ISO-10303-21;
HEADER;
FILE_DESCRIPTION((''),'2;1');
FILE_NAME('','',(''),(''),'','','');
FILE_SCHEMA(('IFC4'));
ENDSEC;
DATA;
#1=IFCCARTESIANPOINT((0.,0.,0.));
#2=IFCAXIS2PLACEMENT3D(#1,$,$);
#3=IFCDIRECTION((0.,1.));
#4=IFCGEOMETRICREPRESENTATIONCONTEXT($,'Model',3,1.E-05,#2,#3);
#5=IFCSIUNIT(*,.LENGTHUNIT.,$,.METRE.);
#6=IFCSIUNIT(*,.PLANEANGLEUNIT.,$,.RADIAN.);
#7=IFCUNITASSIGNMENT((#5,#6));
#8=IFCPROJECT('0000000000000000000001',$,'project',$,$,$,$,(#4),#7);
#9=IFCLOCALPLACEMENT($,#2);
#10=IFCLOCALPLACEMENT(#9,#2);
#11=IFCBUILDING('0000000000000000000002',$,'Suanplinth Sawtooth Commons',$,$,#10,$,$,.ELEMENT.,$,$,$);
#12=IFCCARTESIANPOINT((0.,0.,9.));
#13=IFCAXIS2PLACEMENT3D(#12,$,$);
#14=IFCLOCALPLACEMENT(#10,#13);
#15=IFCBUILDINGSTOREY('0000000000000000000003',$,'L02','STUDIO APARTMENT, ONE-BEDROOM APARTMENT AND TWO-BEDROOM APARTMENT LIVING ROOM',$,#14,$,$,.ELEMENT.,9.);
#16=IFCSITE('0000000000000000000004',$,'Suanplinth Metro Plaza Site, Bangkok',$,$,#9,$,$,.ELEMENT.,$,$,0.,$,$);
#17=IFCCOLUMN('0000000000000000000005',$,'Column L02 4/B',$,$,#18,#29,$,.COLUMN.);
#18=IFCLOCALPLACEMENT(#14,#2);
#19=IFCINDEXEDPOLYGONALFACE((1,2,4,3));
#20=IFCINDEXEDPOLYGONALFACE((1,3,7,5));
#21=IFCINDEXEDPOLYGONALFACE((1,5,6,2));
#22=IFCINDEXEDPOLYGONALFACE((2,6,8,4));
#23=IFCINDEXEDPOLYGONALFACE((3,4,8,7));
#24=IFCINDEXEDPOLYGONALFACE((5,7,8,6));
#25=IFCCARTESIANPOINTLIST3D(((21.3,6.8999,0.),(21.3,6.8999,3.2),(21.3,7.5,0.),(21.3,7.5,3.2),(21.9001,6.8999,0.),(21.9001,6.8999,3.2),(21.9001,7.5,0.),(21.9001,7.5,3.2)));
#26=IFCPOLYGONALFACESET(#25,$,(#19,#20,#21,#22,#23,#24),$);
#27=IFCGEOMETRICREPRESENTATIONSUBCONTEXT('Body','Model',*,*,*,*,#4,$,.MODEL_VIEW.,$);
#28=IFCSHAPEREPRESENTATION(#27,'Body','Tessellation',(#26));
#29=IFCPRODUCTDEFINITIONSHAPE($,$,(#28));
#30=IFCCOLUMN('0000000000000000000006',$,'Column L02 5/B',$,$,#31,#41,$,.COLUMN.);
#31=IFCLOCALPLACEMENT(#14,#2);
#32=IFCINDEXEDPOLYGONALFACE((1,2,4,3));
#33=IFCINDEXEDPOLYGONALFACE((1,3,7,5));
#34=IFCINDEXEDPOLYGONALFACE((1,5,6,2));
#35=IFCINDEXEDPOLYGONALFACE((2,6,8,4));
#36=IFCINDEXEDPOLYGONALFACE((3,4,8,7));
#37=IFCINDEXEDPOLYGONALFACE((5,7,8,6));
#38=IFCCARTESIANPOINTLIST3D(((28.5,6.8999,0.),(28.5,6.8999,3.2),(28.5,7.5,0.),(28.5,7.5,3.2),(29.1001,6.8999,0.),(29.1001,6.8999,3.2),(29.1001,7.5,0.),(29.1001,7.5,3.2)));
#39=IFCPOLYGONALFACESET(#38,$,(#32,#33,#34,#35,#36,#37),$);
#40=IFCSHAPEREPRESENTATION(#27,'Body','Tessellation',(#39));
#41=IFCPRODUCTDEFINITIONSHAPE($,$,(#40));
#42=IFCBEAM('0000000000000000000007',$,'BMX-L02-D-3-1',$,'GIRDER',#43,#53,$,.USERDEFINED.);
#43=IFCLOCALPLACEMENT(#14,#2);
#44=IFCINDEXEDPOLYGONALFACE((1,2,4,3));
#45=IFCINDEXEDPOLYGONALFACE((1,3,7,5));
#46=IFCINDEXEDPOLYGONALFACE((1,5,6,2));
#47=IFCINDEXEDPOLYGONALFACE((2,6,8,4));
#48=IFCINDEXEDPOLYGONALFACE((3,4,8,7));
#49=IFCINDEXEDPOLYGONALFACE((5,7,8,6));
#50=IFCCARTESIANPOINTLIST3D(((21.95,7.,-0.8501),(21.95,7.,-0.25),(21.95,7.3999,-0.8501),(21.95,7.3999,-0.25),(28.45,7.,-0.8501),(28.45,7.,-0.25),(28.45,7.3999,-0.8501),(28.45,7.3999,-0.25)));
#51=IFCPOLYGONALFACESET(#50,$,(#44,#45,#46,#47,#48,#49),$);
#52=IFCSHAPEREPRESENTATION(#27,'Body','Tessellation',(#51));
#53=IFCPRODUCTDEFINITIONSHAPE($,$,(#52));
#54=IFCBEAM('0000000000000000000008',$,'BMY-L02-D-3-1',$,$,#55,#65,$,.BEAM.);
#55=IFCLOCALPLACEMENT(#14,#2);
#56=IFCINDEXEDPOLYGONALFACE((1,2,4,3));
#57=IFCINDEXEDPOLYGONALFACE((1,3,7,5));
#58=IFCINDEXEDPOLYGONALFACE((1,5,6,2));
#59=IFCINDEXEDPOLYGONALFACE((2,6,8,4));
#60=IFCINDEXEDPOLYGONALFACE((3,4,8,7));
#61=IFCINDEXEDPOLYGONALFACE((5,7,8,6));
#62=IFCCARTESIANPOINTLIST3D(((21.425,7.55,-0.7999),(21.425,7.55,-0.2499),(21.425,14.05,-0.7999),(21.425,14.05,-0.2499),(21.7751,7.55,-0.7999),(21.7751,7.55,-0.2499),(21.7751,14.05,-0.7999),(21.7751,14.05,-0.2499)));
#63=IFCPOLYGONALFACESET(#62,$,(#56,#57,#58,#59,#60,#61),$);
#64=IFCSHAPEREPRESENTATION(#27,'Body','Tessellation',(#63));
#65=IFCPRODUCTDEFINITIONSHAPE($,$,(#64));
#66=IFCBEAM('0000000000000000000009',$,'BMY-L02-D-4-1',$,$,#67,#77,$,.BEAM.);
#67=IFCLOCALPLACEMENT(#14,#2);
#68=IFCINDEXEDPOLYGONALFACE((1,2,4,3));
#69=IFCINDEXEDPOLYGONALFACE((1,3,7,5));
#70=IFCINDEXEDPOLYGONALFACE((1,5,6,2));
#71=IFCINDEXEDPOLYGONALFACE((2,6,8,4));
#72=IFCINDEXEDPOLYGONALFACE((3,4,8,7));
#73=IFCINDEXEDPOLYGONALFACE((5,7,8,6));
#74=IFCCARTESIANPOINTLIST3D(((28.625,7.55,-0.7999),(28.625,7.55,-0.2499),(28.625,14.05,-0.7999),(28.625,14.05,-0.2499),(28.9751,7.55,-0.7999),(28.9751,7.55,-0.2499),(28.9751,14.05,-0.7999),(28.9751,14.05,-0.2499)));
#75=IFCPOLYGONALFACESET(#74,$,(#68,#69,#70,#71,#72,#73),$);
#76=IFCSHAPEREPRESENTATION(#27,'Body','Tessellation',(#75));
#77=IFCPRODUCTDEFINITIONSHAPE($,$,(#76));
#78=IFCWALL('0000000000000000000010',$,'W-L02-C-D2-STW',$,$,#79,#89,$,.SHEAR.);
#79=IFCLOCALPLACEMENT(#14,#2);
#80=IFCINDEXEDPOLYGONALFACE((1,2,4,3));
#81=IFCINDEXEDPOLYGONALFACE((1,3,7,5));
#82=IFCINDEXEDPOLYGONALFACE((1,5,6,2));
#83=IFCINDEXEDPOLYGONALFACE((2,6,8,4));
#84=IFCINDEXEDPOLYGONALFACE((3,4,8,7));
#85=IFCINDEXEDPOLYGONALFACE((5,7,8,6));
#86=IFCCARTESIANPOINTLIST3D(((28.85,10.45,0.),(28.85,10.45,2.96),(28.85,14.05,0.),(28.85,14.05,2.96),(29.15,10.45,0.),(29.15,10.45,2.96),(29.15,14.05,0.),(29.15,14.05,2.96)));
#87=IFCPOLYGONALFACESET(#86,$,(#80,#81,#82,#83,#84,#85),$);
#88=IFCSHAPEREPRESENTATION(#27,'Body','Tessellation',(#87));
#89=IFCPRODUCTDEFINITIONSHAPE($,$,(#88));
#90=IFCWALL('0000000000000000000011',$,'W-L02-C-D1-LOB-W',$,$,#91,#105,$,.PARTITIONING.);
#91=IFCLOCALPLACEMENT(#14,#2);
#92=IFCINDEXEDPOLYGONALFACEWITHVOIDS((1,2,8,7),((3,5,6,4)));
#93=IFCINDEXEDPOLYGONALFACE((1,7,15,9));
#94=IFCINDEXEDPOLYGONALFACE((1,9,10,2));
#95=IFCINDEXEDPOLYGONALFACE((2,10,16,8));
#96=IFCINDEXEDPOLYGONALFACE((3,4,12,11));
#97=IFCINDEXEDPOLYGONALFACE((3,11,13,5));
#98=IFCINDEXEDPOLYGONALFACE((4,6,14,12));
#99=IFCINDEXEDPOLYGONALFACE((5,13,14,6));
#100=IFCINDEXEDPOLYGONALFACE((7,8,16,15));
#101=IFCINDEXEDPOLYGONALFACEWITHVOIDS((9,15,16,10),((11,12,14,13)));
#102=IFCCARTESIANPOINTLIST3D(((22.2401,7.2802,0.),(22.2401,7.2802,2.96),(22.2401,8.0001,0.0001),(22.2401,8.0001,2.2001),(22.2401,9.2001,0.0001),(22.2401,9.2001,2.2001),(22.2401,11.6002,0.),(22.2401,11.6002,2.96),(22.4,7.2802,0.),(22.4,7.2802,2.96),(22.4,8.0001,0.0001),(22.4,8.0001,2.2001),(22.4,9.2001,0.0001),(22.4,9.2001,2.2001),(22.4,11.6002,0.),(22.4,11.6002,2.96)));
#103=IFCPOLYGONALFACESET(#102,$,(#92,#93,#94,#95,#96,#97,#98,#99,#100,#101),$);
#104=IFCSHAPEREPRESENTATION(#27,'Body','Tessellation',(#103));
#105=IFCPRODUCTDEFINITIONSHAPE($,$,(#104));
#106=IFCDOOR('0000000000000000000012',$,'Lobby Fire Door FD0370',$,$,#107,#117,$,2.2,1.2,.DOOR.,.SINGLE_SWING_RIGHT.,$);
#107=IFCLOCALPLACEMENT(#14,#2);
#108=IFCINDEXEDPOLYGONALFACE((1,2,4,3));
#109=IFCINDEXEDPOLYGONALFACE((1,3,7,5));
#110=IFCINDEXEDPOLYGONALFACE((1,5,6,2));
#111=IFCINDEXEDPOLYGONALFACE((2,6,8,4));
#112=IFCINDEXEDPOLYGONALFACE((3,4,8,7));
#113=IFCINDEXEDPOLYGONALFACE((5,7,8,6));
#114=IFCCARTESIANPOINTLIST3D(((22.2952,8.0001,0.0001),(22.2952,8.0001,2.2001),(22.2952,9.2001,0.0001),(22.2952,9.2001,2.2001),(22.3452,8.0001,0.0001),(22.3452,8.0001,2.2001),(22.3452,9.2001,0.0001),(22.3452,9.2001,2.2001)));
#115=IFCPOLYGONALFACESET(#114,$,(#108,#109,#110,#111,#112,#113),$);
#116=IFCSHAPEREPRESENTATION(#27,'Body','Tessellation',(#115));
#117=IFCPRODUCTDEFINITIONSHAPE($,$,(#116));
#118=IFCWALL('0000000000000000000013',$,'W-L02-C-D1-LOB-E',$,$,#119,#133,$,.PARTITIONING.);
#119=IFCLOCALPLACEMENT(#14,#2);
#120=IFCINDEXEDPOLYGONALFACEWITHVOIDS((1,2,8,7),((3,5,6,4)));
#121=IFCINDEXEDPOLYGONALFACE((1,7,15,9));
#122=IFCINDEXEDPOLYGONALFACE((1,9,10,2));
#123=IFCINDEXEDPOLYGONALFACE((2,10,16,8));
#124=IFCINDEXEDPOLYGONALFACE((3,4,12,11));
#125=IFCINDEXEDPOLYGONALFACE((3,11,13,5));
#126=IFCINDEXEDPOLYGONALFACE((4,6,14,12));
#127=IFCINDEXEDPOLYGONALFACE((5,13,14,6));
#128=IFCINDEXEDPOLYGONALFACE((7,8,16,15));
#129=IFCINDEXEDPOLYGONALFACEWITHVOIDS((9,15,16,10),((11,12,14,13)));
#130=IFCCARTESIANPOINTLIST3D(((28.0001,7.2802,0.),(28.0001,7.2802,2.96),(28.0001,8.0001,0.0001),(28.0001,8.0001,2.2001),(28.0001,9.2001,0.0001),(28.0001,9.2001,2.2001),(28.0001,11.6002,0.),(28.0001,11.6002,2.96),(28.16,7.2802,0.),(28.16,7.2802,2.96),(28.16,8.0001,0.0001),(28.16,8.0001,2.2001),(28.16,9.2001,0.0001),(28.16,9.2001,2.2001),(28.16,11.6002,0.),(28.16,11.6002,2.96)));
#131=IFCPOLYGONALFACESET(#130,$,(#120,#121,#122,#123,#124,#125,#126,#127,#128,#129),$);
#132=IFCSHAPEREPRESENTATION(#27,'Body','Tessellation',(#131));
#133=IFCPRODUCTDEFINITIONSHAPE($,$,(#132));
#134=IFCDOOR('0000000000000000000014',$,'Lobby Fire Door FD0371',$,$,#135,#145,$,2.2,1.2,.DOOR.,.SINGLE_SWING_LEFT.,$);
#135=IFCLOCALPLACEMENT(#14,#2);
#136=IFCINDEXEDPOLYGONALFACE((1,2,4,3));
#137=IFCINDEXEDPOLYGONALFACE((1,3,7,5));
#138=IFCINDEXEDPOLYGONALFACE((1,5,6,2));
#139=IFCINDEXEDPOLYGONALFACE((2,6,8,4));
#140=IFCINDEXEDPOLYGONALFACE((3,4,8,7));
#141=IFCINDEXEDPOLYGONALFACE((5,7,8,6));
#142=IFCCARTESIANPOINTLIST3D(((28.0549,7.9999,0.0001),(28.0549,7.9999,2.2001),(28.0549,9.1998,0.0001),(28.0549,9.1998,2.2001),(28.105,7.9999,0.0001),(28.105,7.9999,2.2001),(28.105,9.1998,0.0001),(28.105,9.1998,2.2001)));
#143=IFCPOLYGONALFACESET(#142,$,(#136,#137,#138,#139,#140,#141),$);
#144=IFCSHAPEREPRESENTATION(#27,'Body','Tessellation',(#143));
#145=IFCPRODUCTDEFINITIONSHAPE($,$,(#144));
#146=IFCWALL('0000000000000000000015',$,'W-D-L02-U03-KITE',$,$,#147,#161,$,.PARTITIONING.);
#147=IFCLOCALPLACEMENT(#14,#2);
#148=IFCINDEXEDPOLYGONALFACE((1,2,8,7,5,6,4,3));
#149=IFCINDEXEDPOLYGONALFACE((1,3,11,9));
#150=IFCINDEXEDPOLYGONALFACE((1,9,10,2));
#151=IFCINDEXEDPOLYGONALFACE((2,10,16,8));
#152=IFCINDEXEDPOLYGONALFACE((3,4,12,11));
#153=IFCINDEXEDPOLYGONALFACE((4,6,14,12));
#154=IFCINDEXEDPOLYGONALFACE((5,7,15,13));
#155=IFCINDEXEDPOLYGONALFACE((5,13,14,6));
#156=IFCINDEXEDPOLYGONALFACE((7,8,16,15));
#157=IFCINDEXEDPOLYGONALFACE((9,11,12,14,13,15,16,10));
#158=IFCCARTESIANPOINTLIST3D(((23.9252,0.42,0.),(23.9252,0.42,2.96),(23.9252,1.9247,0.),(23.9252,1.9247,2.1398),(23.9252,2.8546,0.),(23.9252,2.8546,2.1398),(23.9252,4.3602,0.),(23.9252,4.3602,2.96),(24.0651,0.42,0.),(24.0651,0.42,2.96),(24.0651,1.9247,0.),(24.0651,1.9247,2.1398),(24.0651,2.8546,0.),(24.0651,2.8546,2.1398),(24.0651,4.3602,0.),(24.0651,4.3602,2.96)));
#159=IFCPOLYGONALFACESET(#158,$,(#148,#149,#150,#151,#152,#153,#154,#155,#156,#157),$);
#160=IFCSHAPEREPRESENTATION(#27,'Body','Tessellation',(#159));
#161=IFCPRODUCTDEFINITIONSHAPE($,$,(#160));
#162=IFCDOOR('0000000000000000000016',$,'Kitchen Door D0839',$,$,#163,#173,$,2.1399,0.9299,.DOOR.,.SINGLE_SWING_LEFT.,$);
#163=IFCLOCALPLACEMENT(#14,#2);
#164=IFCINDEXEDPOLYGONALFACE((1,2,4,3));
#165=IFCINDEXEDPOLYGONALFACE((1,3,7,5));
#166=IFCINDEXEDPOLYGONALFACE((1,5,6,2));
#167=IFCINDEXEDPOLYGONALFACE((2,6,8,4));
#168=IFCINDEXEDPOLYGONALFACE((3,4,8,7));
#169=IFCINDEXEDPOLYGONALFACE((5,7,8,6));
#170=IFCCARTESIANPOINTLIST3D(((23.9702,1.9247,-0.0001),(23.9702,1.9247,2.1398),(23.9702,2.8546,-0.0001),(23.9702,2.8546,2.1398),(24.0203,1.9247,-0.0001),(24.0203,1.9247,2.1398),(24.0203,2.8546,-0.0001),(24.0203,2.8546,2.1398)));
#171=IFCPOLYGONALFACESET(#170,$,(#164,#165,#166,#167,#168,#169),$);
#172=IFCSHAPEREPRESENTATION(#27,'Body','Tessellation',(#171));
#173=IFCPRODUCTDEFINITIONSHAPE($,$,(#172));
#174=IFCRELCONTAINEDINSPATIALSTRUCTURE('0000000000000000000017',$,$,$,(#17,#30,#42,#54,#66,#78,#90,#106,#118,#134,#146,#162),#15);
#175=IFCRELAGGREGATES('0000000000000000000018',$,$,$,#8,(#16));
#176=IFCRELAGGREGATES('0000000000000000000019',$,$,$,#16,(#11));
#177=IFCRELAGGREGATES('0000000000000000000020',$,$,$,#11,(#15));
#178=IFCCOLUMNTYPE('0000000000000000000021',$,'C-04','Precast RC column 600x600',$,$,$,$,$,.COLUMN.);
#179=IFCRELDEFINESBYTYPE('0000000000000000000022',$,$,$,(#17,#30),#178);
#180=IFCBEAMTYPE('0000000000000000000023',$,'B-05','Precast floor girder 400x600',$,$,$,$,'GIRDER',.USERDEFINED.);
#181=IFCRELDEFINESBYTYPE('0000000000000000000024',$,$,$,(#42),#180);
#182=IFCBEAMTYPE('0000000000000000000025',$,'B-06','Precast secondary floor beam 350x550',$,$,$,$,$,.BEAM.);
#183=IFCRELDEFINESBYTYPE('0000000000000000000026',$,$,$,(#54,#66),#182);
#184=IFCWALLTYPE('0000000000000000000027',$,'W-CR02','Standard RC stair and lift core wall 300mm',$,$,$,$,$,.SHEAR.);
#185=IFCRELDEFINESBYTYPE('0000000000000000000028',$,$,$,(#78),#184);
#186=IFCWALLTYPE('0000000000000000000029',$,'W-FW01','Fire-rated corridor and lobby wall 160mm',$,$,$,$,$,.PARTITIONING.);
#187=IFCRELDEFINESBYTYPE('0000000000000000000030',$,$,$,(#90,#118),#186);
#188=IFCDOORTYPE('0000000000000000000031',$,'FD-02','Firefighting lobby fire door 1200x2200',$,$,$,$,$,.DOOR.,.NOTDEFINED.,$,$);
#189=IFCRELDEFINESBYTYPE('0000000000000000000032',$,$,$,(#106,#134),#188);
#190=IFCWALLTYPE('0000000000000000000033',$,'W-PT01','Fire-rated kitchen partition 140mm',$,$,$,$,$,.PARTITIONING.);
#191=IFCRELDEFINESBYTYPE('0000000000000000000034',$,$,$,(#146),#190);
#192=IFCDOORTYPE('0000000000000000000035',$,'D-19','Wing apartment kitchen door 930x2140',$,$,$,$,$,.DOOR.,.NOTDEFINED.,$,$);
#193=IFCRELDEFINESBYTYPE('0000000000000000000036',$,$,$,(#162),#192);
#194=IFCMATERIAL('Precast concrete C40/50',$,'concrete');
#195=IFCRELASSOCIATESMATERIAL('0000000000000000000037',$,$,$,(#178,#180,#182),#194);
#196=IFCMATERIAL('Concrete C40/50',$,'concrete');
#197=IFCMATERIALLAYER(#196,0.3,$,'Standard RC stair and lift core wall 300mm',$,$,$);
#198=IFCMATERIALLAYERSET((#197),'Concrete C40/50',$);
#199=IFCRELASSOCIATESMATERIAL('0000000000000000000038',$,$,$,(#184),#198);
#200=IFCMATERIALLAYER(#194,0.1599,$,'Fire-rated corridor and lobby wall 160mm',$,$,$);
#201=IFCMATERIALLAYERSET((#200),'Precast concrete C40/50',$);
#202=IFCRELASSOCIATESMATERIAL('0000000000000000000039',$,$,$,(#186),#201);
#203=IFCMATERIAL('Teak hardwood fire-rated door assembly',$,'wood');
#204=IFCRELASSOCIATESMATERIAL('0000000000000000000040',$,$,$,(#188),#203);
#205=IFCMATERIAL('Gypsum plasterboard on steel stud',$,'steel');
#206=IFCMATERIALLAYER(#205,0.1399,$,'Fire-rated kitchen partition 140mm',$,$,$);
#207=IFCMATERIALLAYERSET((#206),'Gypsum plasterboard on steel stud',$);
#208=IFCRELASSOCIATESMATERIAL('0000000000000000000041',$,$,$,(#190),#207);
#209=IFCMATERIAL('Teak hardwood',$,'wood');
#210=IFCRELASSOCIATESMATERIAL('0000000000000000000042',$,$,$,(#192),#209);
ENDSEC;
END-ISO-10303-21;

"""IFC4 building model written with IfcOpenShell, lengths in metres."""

from ifc_helpers import new_model, si_unit, direction, frame, frame_2d, origin, origin_2d, place, context, subcontext, project, spatial, rectangle, extrude, material, layer, layer_set, material_profile, profile_set, type_object, element, fill, save


model = new_model("IFC4")

# Units and contexts
model_context = context("Model", 3, precision=1e-05, world=origin(), true_north=direction((0.0, 1.0)))
body_context = subcontext(model_context, "Body", "Model", "MODEL_VIEW")
ifc_project = project(units=[si_unit("LENGTHUNIT", "METRE"), si_unit("PLANEANGLEUNIT", "RADIAN")], contexts=[model_context])

# Site, building, storey
site_placement = place(None, origin())
site = spatial("IfcSite", under=ifc_project, at=site_placement, Name="Suanplinth Metro Plaza Site, Bangkok", CompositionType="ELEMENT", RefElevation=0.0)
building_placement = place(site_placement, origin())
building = spatial("IfcBuilding", under=site, at=building_placement, Name="Suanplinth Sawtooth Commons", CompositionType="ELEMENT")
storey_placement = place(building_placement, frame((0.0, 0.0, 9.0)))
storey = spatial("IfcBuildingStorey", under=building, at=storey_placement, Name="L02", Description="STUDIO APARTMENT, ONE-BEDROOM APARTMENT AND TWO-BEDROOM APARTMENT LIVING ROOM", CompositionType="ELEMENT", Elevation=9.0)

# Columns
ifc_material_1 = material(Name="Precast concrete C40/50", Category="concrete")
ifc_material_profile_1 = material_profile(ifc_material_1, rectangle(XDim=0.6001, YDim=0.6001, at=origin_2d()), Name="PC-COL 600x600")
ifc_profile_set_1 = profile_set([ifc_material_profile_1], Name="Precast concrete C40/50")
column_type = type_object("IfcColumnType", Name="C-04", Description="Precast RC column 600x600", PredefinedType="COLUMN", material=ifc_profile_set_1)
for number, where, z_axis, x_axis, name in (
    (1, (21.6001, 7.2, 0.0), (0.0, 0.0, 1.0), (1.0, 0.0, 0.0), "Column L02 4/B"),
    (2, (28.8, 7.2, 0.0), (0.0, 0.0, 1.0), (1.0, 0.0, 0.0), "Column L02 5/B"),
):
    element("IfcColumn", number, at=place(storey_placement, frame(where, z_axis=z_axis, x_axis=x_axis)), inside=storey, type_object=column_type, Name=name, PredefinedType="COLUMN", context=body_context, shape_type="SweptSolid", body=[
        extrude(rectangle(XDim=0.6001, YDim=0.6001, at=origin_2d()), origin(), (0.0, 0.0, 1.0), 3.2),
    ])

# Beams
ifc_material_profile_2 = material_profile(ifc_material_1, rectangle(XDim=0.3999, YDim=0.6001, at=origin_2d()), Name="PC-GDR 400x600")
ifc_profile_set_2 = profile_set([ifc_material_profile_2], Name="Precast concrete C40/50")
beam_type_1 = type_object("IfcBeamType", Name="B-05", Description="Precast floor girder 400x600", ElementType="GIRDER", PredefinedType="USERDEFINED", material=ifc_profile_set_2)
beam_placement = place(storey_placement, frame((21.95, 7.2, -0.55), z_axis=(1.0, 0.0, 0.0), x_axis=(0.0, 1.0, 0.0)))
element("IfcBeam", 3, at=beam_placement, inside=storey, type_object=beam_type_1, Name="BMX-L02-D-3-1", ObjectType="GIRDER", PredefinedType="USERDEFINED", context=body_context, shape_type="SweptSolid", body=[
    extrude(rectangle(XDim=0.3999, YDim=0.6001, at=origin_2d()), origin(), (0.0, 0.0, 1.0), 6.5),
])
ifc_material_profile_3 = material_profile(ifc_material_1, rectangle(XDim=0.3501, YDim=0.55, at=origin_2d()), Name="PC-BM 350x550")
ifc_profile_set_3 = profile_set([ifc_material_profile_3], Name="Precast concrete C40/50")
beam_type_2 = type_object("IfcBeamType", Name="B-06", Description="Precast secondary floor beam 350x550", PredefinedType="BEAM", material=ifc_profile_set_3)
for number, where, z_axis, x_axis, name in (
    (4, (21.6001, 7.55, -0.5249), (0.0, 1.0, 0.0), (-1.0, 0.0, 0.0), "BMY-L02-D-3-1"),
    (5, (28.8, 7.55, -0.5249), (0.0, 1.0, 0.0), (-1.0, 0.0, 0.0), "BMY-L02-D-4-1"),
):
    element("IfcBeam", number, at=place(storey_placement, frame(where, z_axis=z_axis, x_axis=x_axis)), inside=storey, type_object=beam_type_2, Name=name, PredefinedType="BEAM", context=body_context, shape_type="SweptSolid", body=[
        extrude(rectangle(XDim=0.3501, YDim=0.55, at=origin_2d()), origin(), (0.0, 0.0, 1.0), 6.5),
    ])

# Wall
ifc_material_2 = material(Name="Concrete C40/50", Category="concrete")
ifc_layer_1 = layer(ifc_material_2, 0.3, Name="Standard RC stair and lift core wall 300mm")
ifc_layer_set_1 = layer_set([ifc_layer_1], Name="Concrete C40/50")
wall_type_1 = type_object("IfcWallType", Name="W-CR02", Description="Standard RC stair and lift core wall 300mm", PredefinedType="SHEAR", material=ifc_layer_set_1)
wall_1_placement = place(storey_placement, frame((29.0, 10.45, 0.0), z_axis=(0.0, 0.0, 1.0), x_axis=(0.0, 1.0, 0.0)))
element("IfcWall", 6, at=wall_1_placement, inside=storey, type_object=wall_type_1, Name="W-L02-C-D2-STW", PredefinedType="SHEAR", context=body_context, shape_type="SweptSolid", body=[
    extrude(rectangle(XDim=3.6001, YDim=0.3, at=frame_2d((1.8, 0.0))), origin(), (0.0, 0.0, 1.0), 2.96),
])

# Walls, openings, doors
ifc_layer_2 = layer(ifc_material_1, 0.1599, Name="Fire-rated corridor and lobby wall 160mm")
ifc_layer_set_2 = layer_set([ifc_layer_2], Name="Precast concrete C40/50")
wall_type_2 = type_object("IfcWallType", Name="W-FW01", Description="Fire-rated corridor and lobby wall 160mm", PredefinedType="PARTITIONING", material=ifc_layer_set_2)
wall_2_placement = place(storey_placement, frame((22.3201, 7.28, 0.0), z_axis=(0.0, 0.0, 1.0), x_axis=(0.0, 1.0, 0.0)))
wall_2 = element("IfcWall", 7, at=wall_2_placement, inside=storey, type_object=wall_type_2, Name="W-L02-C-D1-LOB-W", PredefinedType="PARTITIONING", context=body_context, shape_type="SweptSolid", body=[
    extrude(rectangle(XDim=4.3201, YDim=0.1599, at=frame_2d((2.1602, 0.0))), origin(), (0.0, 0.0, 1.0), 2.96),
])
opening_1_placement = place(wall_2_placement, frame((0.72, 0.0, 0.0)))
opening_1 = element("IfcOpeningElement", 8, at=opening_1_placement, cuts=wall_2, PredefinedType="OPENING", context=body_context, shape_type="SweptSolid", body=[
    extrude(rectangle(XDim=1.2, YDim=2.2, at=frame_2d((0.6001, 1.1001))), frame((0.0, 0.0947, 0.0), z_axis=(0.0, -1.0, 0.0), x_axis=(1.0, 0.0, 0.0)), (0.0, 0.0, 1.0), 0.1897),
])
ifc_material_3 = material(Name="Teak hardwood fire-rated door assembly", Category="wood")
door_type_1 = type_object("IfcDoorType", Name="FD-02", Description="Firefighting lobby fire door 1200x2200", OperationType="NOTDEFINED", PredefinedType="DOOR", material=ifc_material_3)
door_1_placement = place(opening_1_placement, origin())
door_1 = element("IfcDoor", 9, at=door_1_placement, inside=storey, type_object=door_type_1, Name="Lobby Fire Door FD0370", OperationType="SINGLE_SWING_RIGHT", OverallHeight=2.2, OverallWidth=1.2, PredefinedType="DOOR", context=body_context, shape_type="SweptSolid", body=[
    extrude(rectangle(XDim=1.2, YDim=2.2, at=frame_2d((0.6001, 1.1001))), frame((0.0, 0.0249, 0.0), z_axis=(0.0, -1.0, 0.0), x_axis=(1.0, 0.0, 0.0)), (0.0, 0.0, 1.0), 0.05),
])
fill(opening_1, door_1)
wall_3_placement = place(storey_placement, frame((28.0801, 7.28, 0.0), z_axis=(0.0, 0.0, 1.0), x_axis=(0.0, 1.0, 0.0)))
wall_3 = element("IfcWall", 10, at=wall_3_placement, inside=storey, type_object=wall_type_2, Name="W-L02-C-D1-LOB-E", PredefinedType="PARTITIONING", context=body_context, shape_type="SweptSolid", body=[
    extrude(rectangle(XDim=4.3201, YDim=0.1599, at=frame_2d((2.1602, 0.0))), origin(), (0.0, 0.0, 1.0), 2.96),
])
opening_2_placement = place(wall_3_placement, frame((0.72, 0.0, 0.0)))
opening_2 = element("IfcOpeningElement", 11, at=opening_2_placement, cuts=wall_3, PredefinedType="OPENING", context=body_context, shape_type="SweptSolid", body=[
    extrude(rectangle(XDim=1.2, YDim=2.2, at=frame_2d((0.6001, 1.1001))), frame((0.0, 0.0947, 0.0), z_axis=(0.0, -1.0, 0.0), x_axis=(1.0, 0.0, 0.0)), (0.0, 0.0, 1.0), 0.1897),
])
door_2_placement = place(opening_2_placement, frame((1.2, 0.0, 0.0), z_axis=(0.0, 0.0, 1.0), x_axis=(-1.0, 0.0, 0.0)))
door_2 = element("IfcDoor", 12, at=door_2_placement, inside=storey, type_object=door_type_1, Name="Lobby Fire Door FD0371", OperationType="SINGLE_SWING_LEFT", OverallHeight=2.2, OverallWidth=1.2, PredefinedType="DOOR", context=body_context, shape_type="SweptSolid", body=[
    extrude(rectangle(XDim=1.2, YDim=2.2, at=frame_2d((0.6001, 1.1001))), frame((0.0, 0.0249, 0.0), z_axis=(0.0, -1.0, 0.0), x_axis=(1.0, 0.0, 0.0)), (0.0, 0.0, 1.0), 0.05),
])
fill(opening_2, door_2)
ifc_material_4 = material(Name="Gypsum plasterboard on steel stud", Category="steel")
ifc_layer_3 = layer(ifc_material_4, 0.1399, Name="Fire-rated kitchen partition 140mm")
ifc_layer_set_3 = layer_set([ifc_layer_3], Name="Gypsum plasterboard on steel stud")
wall_type_3 = type_object("IfcWallType", Name="W-PT01", Description="Fire-rated kitchen partition 140mm", PredefinedType="PARTITIONING", material=ifc_layer_set_3)
wall_4_placement = place(storey_placement, frame((23.9951, 0.4199, 0.0), z_axis=(0.0, 0.0, 1.0), x_axis=(0.0, 1.0, 0.0)))
wall_4 = element("IfcWall", 13, at=wall_4_placement, inside=storey, type_object=wall_type_3, Name="W-D-L02-U03-KITE", PredefinedType="PARTITIONING", context=body_context, shape_type="SweptSolid", body=[
    extrude(rectangle(XDim=3.9402, YDim=0.1399, at=frame_2d((1.9702, 0.0))), origin(), (0.0, 0.0, 1.0), 2.96),
])
opening_3_placement = place(wall_4_placement, frame((1.5049, 0.0, 0.0)))
opening_3 = element("IfcOpeningElement", 14, at=opening_3_placement, cuts=wall_4, PredefinedType="OPENING", context=body_context, shape_type="SweptSolid", body=[
    extrude(rectangle(XDim=0.9299, YDim=2.1399, at=frame_2d((0.4648, 1.0698))), frame((0.0, 0.085, 0.0), z_axis=(0.0, -1.0, 0.0), x_axis=(1.0, 0.0, 0.0)), (0.0, 0.0, 1.0), 0.1697),
])
ifc_material_5 = material(Name="Teak hardwood", Category="wood")
door_type_2 = type_object("IfcDoorType", Name="D-19", Description="Wing apartment kitchen door 930x2140", OperationType="NOTDEFINED", PredefinedType="DOOR", material=ifc_material_5)
door_3_placement = place(opening_3_placement, origin())
door_3 = element("IfcDoor", 15, at=door_3_placement, inside=storey, type_object=door_type_2, Name="Kitchen Door D0839", OperationType="SINGLE_SWING_LEFT", OverallHeight=2.1399, OverallWidth=0.9299, PredefinedType="DOOR", context=body_context, shape_type="SweptSolid", body=[
    extrude(rectangle(XDim=0.9299, YDim=2.1399, at=frame_2d((0.4648, 1.0698))), frame((0.0, 0.0249, 0.0), z_axis=(0.0, -1.0, 0.0), x_axis=(1.0, 0.0, 0.0)), (0.0, 0.0, 1.0), 0.05),
])
fill(opening_3, door_3)

save(model, "model.ifc")
